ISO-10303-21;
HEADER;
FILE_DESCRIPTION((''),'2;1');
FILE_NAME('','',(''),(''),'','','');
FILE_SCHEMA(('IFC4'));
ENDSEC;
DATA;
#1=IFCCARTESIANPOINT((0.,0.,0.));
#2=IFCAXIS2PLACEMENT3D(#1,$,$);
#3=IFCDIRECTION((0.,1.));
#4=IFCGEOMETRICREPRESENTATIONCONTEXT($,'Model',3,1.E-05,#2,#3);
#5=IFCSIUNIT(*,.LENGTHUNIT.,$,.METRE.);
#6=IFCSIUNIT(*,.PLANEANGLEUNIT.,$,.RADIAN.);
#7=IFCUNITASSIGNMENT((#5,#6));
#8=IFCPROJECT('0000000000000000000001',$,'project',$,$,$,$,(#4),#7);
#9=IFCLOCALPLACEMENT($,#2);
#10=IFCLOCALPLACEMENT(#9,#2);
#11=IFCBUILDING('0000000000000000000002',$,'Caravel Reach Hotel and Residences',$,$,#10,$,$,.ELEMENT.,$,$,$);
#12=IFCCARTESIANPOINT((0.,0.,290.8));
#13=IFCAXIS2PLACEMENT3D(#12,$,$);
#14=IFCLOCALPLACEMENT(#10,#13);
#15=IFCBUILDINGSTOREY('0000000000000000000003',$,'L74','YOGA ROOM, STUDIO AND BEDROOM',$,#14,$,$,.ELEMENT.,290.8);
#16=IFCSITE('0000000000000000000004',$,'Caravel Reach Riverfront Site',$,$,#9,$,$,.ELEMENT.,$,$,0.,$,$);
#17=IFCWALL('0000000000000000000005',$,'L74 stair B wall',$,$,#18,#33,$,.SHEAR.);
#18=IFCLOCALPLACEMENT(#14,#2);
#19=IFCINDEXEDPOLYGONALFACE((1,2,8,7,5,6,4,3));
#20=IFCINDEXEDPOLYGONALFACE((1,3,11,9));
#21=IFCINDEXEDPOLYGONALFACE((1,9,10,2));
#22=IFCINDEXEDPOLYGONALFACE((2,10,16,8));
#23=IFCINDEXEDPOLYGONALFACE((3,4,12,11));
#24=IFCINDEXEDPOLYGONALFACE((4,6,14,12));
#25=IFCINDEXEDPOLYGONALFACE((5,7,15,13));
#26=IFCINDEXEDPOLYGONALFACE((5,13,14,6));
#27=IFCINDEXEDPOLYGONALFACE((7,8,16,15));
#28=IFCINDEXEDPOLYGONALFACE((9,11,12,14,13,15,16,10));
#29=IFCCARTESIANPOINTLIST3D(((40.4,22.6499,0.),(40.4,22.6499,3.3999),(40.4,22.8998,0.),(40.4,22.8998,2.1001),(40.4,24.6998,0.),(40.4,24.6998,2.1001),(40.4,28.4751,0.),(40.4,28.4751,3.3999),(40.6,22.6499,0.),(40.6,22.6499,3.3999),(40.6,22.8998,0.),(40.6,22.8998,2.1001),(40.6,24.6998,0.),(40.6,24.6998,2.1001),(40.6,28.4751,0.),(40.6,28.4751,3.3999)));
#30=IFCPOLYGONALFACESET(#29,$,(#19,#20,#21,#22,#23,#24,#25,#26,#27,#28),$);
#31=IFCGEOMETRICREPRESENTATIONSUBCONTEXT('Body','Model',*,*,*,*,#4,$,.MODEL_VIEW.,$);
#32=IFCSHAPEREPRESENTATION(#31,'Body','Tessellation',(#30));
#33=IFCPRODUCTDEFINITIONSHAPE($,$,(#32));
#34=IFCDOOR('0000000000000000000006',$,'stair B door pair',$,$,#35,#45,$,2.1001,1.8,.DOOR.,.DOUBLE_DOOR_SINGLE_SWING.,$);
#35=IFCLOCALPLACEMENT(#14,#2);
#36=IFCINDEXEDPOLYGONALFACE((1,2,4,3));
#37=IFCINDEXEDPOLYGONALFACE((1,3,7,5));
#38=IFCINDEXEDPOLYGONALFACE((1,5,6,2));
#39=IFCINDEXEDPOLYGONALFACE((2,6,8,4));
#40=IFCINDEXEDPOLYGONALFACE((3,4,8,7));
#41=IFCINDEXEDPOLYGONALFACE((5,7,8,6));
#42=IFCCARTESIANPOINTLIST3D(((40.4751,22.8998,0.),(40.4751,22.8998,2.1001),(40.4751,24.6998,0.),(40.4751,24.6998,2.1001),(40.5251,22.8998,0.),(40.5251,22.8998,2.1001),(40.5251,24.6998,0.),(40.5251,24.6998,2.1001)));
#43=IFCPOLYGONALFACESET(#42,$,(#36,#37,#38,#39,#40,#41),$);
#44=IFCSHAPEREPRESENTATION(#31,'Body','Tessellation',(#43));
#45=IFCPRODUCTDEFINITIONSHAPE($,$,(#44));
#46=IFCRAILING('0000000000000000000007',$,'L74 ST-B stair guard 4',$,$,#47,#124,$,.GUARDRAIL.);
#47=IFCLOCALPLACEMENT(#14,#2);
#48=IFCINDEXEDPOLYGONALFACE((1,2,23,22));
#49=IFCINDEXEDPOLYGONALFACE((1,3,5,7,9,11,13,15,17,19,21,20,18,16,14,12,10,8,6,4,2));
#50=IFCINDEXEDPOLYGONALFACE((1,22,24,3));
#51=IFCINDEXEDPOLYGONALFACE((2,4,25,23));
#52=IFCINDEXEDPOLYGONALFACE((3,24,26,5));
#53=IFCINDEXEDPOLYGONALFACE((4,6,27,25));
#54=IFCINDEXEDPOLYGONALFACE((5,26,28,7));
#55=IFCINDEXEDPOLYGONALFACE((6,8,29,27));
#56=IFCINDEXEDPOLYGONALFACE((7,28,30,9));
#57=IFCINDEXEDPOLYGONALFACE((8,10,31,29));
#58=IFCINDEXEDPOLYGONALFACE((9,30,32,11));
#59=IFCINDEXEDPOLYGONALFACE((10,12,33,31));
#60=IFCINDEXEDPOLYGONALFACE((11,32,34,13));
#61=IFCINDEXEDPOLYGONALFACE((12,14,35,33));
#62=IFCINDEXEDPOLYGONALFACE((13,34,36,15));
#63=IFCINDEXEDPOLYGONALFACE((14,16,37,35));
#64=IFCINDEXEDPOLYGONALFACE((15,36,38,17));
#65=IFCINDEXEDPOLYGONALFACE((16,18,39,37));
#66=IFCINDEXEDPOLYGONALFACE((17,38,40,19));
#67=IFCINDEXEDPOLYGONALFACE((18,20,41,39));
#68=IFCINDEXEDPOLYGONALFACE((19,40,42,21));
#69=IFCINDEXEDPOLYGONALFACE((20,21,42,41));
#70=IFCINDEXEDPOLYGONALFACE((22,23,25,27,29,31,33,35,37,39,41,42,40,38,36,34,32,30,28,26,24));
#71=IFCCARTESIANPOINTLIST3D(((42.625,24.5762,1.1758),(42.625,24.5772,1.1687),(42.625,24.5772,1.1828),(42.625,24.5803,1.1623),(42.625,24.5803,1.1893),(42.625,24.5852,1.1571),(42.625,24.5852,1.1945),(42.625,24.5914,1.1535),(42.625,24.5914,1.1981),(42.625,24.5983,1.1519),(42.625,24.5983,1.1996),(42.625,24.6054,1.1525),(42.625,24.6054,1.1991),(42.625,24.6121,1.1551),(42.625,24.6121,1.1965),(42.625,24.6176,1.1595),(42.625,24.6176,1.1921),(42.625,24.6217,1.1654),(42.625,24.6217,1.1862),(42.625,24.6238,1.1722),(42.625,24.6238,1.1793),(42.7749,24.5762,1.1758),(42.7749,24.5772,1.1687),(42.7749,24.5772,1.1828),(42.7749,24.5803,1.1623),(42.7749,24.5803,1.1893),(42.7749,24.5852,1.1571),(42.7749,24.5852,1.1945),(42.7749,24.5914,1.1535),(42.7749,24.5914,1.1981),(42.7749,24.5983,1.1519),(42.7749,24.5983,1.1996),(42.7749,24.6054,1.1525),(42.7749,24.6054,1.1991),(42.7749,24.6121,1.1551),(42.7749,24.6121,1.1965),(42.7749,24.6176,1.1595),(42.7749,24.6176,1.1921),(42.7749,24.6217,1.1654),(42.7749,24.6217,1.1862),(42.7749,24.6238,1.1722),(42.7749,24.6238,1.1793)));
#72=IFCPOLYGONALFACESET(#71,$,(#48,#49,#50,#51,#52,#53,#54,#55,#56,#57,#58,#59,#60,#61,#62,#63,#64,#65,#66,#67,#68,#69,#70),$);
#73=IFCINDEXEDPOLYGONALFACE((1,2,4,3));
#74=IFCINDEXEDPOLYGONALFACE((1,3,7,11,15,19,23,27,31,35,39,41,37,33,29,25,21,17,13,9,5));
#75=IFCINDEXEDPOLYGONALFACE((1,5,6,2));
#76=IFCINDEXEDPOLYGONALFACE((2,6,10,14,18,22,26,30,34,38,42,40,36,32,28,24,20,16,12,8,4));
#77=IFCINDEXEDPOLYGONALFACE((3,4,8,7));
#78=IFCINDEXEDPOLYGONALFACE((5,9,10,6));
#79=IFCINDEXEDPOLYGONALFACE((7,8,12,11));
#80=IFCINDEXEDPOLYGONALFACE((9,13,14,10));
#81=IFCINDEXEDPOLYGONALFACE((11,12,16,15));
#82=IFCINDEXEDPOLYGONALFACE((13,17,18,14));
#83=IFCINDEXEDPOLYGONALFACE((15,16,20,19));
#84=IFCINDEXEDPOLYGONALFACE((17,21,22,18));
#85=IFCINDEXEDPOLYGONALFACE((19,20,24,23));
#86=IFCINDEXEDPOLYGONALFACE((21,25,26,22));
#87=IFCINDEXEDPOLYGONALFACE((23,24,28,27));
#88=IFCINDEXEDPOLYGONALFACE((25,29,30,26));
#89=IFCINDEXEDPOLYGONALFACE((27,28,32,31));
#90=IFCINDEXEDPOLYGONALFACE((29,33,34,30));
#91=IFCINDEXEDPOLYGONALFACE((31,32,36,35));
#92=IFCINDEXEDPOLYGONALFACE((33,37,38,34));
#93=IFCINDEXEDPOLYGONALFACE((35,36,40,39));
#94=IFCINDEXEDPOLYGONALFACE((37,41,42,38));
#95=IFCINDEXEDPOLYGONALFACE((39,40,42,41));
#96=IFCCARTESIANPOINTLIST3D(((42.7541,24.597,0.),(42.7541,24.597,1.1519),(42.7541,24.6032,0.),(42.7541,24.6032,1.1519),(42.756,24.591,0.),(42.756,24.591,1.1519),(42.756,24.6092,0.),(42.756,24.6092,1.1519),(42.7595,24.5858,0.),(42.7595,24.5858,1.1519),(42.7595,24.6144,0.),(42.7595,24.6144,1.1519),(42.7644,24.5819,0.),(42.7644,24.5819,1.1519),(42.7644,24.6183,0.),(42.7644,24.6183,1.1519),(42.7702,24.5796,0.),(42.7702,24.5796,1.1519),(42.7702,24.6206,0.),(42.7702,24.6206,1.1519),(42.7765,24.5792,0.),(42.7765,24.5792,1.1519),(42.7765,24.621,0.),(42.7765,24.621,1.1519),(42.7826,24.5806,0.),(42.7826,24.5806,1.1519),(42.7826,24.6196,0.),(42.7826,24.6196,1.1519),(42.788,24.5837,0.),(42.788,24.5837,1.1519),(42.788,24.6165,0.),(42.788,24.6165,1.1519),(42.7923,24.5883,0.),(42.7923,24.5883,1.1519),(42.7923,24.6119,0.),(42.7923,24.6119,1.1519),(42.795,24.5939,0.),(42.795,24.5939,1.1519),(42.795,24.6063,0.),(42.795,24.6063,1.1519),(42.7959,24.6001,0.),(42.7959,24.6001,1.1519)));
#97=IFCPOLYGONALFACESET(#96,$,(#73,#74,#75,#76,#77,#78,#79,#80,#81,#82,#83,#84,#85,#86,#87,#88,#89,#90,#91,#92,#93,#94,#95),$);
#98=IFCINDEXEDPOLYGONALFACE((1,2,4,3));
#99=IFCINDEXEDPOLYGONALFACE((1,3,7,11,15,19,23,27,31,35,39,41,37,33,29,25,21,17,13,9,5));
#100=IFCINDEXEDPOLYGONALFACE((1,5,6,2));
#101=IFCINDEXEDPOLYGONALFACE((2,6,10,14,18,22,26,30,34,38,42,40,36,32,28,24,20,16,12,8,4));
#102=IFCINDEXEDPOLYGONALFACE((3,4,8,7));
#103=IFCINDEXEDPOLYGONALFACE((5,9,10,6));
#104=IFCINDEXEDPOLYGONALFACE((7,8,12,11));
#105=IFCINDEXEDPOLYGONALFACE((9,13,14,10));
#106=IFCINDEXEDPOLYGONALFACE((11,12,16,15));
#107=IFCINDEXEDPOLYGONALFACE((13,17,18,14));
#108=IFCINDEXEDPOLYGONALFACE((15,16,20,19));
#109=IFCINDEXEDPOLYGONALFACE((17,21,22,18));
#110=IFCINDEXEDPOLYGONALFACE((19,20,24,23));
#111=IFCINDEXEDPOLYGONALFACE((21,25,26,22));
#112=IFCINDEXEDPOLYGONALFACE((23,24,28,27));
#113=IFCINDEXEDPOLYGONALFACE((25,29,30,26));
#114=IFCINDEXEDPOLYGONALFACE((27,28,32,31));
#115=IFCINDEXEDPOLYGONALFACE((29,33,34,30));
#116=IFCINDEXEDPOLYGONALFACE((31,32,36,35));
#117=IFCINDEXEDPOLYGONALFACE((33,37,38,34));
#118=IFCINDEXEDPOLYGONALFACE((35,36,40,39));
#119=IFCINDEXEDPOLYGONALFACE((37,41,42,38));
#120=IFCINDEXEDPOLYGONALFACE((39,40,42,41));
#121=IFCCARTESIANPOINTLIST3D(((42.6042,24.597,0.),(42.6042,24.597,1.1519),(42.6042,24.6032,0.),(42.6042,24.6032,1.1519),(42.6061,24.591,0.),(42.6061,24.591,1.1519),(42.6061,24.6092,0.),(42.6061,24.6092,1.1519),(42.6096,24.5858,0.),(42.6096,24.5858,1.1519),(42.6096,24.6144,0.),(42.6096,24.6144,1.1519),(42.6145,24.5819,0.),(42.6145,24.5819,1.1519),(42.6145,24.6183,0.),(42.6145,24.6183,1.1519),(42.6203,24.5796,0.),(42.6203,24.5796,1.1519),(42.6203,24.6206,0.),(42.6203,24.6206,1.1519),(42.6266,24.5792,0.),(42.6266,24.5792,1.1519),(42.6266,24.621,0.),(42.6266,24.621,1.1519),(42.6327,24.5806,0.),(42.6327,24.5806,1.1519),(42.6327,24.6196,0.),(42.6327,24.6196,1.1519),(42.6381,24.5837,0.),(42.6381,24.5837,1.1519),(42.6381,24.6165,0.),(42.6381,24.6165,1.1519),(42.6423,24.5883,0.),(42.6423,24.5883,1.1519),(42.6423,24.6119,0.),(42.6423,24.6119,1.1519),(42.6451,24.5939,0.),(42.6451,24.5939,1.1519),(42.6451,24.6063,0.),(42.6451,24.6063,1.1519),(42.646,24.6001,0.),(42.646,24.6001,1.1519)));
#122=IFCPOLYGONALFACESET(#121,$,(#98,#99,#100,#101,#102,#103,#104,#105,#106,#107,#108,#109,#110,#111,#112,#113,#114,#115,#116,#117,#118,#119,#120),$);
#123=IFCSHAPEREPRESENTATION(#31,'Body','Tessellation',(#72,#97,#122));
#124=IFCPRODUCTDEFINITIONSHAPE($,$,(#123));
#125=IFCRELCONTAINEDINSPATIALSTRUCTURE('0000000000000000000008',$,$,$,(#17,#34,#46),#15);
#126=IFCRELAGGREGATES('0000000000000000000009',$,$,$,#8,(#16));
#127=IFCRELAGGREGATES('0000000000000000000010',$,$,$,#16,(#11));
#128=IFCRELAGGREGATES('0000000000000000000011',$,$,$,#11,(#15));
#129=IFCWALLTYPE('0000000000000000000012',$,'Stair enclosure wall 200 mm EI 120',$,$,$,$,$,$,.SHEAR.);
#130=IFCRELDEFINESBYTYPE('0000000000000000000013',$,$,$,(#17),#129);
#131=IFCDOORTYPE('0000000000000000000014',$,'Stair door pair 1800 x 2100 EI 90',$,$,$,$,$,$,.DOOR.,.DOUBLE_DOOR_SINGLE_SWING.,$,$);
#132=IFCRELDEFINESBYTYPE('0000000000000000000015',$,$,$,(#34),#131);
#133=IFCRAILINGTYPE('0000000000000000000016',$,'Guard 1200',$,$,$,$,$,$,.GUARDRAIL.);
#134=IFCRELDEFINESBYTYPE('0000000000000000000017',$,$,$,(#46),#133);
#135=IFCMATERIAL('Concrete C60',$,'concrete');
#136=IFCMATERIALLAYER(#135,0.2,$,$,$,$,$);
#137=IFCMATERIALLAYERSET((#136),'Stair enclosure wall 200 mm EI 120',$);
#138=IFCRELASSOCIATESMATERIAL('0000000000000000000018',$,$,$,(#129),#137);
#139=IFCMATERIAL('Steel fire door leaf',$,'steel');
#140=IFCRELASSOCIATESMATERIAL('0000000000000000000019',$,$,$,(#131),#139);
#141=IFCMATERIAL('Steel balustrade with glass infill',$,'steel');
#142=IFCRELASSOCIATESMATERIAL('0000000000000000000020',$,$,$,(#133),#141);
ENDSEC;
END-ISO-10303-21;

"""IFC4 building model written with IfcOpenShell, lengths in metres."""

from ifc_helpers import new_model, si_unit, direction, frame, frame_2d, origin, origin_2d, place, context, subcontext, project, spatial, rectangle, circle, extrude, material, layer, layer_set, type_object, element, fill, save


model = new_model("IFC4")

# Units and contexts
model_context = context("Model", 3, precision=1e-05, world=origin(), true_north=direction((0.0, 1.0)))
body_context = subcontext(model_context, "Body", "Model", "MODEL_VIEW")
ifc_project = project(units=[si_unit("LENGTHUNIT", "METRE"), si_unit("PLANEANGLEUNIT", "RADIAN")], contexts=[model_context])

# Site, building, storey
site_placement = place(None, origin())
site = spatial("IfcSite", under=ifc_project, at=site_placement, Name="Caravel Reach Riverfront Site", CompositionType="ELEMENT", RefElevation=0.0)
building_placement = place(site_placement, origin())
building = spatial("IfcBuilding", under=site, at=building_placement, Name="Caravel Reach Hotel and Residences", CompositionType="ELEMENT")
storey_placement = place(building_placement, frame((0.0, 0.0, 290.8)))
storey = spatial("IfcBuildingStorey", under=building, at=storey_placement, Name="L74", Description="YOGA ROOM, STUDIO AND BEDROOM", CompositionType="ELEMENT", Elevation=290.8)

# Wall, opening, door
ifc_material_1 = material(Name="Concrete C60", Category="concrete")
ifc_layer_1 = layer(ifc_material_1, 0.2)
ifc_layer_set_1 = layer_set([ifc_layer_1], Name="Stair enclosure wall 200 mm EI 120")
wall_type_1 = type_object("IfcWallType", Name="Stair enclosure wall 200 mm EI 120", PredefinedType="SHEAR", material=ifc_layer_set_1)
wall_1_placement = place(storey_placement, frame((40.5, 22.6499, 0.0), z_axis=(0.0, 0.0, 1.0), x_axis=(0.0, 1.0, 0.0)))
wall_1 = element("IfcWall", 1, at=wall_1_placement, inside=storey, type_object=wall_type_1, Name="L74 stair B wall", PredefinedType="SHEAR", context=body_context, shape_type="SweptSolid", body=[
    extrude(rectangle(XDim=5.8252, YDim=0.2, at=frame_2d((2.9126, 0.0))), origin(), (0.0, 0.0, 1.0), 3.3999),
])
opening_1_placement = place(wall_1_placement, frame((0.25, 0.0, 0.0)))
opening_1 = element("IfcOpeningElement", 2, at=opening_1_placement, cuts=wall_1, PredefinedType="OPENING", context=body_context, shape_type="SweptSolid", body=[
    extrude(rectangle(XDim=1.8, YDim=2.1001, at=frame_2d((0.8999, 1.05))), frame((0.0, 0.1099, 0.0), z_axis=(0.0, -1.0, 0.0), x_axis=(1.0, 0.0, 0.0)), (0.0, 0.0, 1.0), 0.22),
])
ifc_material_2 = material(Name="Steel fire door leaf", Category="steel")
door_type_1 = type_object("IfcDoorType", Name="Stair door pair 1800 x 2100 EI 90", OperationType="DOUBLE_DOOR_SINGLE_SWING", PredefinedType="DOOR", material=ifc_material_2)
door_1_placement = place(opening_1_placement, origin())
door_1 = element("IfcDoor", 3, at=door_1_placement, inside=storey, type_object=door_type_1, Name="stair B door pair", OperationType="DOUBLE_DOOR_SINGLE_SWING", OverallHeight=2.1001, OverallWidth=1.8, PredefinedType="DOOR", context=body_context, shape_type="SweptSolid", body=[
    extrude(rectangle(XDim=1.8, YDim=2.1001, at=frame_2d((0.8999, 1.05))), frame((0.0, 0.0249, 0.0), z_axis=(0.0, -1.0, 0.0), x_axis=(1.0, 0.0, 0.0)), (0.0, 0.0, 1.0), 0.05),
])
fill(opening_1, door_1)

# Railing
ifc_material_3 = material(Name="Steel balustrade with glass infill", Category="steel")
railing_type = type_object("IfcRailingType", Name="Guard 1200", PredefinedType="GUARDRAIL", material=ifc_material_3)
railing_placement = place(storey_placement, frame((42.7749, 24.6001, 0.0)))
element("IfcRailing", 4, at=railing_placement, inside=storey, type_object=railing_type, Name="L74 ST-B stair guard 4", PredefinedType="GUARDRAIL", context=body_context, shape_type="SweptSolid", body=[
    extrude(circle(Radius=0.0239, at=origin_2d()), frame((0.0, 0.0, 1.1758), z_axis=(-1.0, 0.0, 0.0), x_axis=(0.0, -1.0, 0.0)), (0.0, 0.0, 1.0), 0.1499),
    extrude(circle(Radius=0.021, at=origin_2d()), origin(), (0.0, 0.0, 1.0), 1.1519),
    extrude(circle(Radius=0.021, at=origin_2d()), frame((-0.1499, 0.0, 0.0)), (0.0, 0.0, 1.0), 1.1519),
])

save(model, "model.ifc")
